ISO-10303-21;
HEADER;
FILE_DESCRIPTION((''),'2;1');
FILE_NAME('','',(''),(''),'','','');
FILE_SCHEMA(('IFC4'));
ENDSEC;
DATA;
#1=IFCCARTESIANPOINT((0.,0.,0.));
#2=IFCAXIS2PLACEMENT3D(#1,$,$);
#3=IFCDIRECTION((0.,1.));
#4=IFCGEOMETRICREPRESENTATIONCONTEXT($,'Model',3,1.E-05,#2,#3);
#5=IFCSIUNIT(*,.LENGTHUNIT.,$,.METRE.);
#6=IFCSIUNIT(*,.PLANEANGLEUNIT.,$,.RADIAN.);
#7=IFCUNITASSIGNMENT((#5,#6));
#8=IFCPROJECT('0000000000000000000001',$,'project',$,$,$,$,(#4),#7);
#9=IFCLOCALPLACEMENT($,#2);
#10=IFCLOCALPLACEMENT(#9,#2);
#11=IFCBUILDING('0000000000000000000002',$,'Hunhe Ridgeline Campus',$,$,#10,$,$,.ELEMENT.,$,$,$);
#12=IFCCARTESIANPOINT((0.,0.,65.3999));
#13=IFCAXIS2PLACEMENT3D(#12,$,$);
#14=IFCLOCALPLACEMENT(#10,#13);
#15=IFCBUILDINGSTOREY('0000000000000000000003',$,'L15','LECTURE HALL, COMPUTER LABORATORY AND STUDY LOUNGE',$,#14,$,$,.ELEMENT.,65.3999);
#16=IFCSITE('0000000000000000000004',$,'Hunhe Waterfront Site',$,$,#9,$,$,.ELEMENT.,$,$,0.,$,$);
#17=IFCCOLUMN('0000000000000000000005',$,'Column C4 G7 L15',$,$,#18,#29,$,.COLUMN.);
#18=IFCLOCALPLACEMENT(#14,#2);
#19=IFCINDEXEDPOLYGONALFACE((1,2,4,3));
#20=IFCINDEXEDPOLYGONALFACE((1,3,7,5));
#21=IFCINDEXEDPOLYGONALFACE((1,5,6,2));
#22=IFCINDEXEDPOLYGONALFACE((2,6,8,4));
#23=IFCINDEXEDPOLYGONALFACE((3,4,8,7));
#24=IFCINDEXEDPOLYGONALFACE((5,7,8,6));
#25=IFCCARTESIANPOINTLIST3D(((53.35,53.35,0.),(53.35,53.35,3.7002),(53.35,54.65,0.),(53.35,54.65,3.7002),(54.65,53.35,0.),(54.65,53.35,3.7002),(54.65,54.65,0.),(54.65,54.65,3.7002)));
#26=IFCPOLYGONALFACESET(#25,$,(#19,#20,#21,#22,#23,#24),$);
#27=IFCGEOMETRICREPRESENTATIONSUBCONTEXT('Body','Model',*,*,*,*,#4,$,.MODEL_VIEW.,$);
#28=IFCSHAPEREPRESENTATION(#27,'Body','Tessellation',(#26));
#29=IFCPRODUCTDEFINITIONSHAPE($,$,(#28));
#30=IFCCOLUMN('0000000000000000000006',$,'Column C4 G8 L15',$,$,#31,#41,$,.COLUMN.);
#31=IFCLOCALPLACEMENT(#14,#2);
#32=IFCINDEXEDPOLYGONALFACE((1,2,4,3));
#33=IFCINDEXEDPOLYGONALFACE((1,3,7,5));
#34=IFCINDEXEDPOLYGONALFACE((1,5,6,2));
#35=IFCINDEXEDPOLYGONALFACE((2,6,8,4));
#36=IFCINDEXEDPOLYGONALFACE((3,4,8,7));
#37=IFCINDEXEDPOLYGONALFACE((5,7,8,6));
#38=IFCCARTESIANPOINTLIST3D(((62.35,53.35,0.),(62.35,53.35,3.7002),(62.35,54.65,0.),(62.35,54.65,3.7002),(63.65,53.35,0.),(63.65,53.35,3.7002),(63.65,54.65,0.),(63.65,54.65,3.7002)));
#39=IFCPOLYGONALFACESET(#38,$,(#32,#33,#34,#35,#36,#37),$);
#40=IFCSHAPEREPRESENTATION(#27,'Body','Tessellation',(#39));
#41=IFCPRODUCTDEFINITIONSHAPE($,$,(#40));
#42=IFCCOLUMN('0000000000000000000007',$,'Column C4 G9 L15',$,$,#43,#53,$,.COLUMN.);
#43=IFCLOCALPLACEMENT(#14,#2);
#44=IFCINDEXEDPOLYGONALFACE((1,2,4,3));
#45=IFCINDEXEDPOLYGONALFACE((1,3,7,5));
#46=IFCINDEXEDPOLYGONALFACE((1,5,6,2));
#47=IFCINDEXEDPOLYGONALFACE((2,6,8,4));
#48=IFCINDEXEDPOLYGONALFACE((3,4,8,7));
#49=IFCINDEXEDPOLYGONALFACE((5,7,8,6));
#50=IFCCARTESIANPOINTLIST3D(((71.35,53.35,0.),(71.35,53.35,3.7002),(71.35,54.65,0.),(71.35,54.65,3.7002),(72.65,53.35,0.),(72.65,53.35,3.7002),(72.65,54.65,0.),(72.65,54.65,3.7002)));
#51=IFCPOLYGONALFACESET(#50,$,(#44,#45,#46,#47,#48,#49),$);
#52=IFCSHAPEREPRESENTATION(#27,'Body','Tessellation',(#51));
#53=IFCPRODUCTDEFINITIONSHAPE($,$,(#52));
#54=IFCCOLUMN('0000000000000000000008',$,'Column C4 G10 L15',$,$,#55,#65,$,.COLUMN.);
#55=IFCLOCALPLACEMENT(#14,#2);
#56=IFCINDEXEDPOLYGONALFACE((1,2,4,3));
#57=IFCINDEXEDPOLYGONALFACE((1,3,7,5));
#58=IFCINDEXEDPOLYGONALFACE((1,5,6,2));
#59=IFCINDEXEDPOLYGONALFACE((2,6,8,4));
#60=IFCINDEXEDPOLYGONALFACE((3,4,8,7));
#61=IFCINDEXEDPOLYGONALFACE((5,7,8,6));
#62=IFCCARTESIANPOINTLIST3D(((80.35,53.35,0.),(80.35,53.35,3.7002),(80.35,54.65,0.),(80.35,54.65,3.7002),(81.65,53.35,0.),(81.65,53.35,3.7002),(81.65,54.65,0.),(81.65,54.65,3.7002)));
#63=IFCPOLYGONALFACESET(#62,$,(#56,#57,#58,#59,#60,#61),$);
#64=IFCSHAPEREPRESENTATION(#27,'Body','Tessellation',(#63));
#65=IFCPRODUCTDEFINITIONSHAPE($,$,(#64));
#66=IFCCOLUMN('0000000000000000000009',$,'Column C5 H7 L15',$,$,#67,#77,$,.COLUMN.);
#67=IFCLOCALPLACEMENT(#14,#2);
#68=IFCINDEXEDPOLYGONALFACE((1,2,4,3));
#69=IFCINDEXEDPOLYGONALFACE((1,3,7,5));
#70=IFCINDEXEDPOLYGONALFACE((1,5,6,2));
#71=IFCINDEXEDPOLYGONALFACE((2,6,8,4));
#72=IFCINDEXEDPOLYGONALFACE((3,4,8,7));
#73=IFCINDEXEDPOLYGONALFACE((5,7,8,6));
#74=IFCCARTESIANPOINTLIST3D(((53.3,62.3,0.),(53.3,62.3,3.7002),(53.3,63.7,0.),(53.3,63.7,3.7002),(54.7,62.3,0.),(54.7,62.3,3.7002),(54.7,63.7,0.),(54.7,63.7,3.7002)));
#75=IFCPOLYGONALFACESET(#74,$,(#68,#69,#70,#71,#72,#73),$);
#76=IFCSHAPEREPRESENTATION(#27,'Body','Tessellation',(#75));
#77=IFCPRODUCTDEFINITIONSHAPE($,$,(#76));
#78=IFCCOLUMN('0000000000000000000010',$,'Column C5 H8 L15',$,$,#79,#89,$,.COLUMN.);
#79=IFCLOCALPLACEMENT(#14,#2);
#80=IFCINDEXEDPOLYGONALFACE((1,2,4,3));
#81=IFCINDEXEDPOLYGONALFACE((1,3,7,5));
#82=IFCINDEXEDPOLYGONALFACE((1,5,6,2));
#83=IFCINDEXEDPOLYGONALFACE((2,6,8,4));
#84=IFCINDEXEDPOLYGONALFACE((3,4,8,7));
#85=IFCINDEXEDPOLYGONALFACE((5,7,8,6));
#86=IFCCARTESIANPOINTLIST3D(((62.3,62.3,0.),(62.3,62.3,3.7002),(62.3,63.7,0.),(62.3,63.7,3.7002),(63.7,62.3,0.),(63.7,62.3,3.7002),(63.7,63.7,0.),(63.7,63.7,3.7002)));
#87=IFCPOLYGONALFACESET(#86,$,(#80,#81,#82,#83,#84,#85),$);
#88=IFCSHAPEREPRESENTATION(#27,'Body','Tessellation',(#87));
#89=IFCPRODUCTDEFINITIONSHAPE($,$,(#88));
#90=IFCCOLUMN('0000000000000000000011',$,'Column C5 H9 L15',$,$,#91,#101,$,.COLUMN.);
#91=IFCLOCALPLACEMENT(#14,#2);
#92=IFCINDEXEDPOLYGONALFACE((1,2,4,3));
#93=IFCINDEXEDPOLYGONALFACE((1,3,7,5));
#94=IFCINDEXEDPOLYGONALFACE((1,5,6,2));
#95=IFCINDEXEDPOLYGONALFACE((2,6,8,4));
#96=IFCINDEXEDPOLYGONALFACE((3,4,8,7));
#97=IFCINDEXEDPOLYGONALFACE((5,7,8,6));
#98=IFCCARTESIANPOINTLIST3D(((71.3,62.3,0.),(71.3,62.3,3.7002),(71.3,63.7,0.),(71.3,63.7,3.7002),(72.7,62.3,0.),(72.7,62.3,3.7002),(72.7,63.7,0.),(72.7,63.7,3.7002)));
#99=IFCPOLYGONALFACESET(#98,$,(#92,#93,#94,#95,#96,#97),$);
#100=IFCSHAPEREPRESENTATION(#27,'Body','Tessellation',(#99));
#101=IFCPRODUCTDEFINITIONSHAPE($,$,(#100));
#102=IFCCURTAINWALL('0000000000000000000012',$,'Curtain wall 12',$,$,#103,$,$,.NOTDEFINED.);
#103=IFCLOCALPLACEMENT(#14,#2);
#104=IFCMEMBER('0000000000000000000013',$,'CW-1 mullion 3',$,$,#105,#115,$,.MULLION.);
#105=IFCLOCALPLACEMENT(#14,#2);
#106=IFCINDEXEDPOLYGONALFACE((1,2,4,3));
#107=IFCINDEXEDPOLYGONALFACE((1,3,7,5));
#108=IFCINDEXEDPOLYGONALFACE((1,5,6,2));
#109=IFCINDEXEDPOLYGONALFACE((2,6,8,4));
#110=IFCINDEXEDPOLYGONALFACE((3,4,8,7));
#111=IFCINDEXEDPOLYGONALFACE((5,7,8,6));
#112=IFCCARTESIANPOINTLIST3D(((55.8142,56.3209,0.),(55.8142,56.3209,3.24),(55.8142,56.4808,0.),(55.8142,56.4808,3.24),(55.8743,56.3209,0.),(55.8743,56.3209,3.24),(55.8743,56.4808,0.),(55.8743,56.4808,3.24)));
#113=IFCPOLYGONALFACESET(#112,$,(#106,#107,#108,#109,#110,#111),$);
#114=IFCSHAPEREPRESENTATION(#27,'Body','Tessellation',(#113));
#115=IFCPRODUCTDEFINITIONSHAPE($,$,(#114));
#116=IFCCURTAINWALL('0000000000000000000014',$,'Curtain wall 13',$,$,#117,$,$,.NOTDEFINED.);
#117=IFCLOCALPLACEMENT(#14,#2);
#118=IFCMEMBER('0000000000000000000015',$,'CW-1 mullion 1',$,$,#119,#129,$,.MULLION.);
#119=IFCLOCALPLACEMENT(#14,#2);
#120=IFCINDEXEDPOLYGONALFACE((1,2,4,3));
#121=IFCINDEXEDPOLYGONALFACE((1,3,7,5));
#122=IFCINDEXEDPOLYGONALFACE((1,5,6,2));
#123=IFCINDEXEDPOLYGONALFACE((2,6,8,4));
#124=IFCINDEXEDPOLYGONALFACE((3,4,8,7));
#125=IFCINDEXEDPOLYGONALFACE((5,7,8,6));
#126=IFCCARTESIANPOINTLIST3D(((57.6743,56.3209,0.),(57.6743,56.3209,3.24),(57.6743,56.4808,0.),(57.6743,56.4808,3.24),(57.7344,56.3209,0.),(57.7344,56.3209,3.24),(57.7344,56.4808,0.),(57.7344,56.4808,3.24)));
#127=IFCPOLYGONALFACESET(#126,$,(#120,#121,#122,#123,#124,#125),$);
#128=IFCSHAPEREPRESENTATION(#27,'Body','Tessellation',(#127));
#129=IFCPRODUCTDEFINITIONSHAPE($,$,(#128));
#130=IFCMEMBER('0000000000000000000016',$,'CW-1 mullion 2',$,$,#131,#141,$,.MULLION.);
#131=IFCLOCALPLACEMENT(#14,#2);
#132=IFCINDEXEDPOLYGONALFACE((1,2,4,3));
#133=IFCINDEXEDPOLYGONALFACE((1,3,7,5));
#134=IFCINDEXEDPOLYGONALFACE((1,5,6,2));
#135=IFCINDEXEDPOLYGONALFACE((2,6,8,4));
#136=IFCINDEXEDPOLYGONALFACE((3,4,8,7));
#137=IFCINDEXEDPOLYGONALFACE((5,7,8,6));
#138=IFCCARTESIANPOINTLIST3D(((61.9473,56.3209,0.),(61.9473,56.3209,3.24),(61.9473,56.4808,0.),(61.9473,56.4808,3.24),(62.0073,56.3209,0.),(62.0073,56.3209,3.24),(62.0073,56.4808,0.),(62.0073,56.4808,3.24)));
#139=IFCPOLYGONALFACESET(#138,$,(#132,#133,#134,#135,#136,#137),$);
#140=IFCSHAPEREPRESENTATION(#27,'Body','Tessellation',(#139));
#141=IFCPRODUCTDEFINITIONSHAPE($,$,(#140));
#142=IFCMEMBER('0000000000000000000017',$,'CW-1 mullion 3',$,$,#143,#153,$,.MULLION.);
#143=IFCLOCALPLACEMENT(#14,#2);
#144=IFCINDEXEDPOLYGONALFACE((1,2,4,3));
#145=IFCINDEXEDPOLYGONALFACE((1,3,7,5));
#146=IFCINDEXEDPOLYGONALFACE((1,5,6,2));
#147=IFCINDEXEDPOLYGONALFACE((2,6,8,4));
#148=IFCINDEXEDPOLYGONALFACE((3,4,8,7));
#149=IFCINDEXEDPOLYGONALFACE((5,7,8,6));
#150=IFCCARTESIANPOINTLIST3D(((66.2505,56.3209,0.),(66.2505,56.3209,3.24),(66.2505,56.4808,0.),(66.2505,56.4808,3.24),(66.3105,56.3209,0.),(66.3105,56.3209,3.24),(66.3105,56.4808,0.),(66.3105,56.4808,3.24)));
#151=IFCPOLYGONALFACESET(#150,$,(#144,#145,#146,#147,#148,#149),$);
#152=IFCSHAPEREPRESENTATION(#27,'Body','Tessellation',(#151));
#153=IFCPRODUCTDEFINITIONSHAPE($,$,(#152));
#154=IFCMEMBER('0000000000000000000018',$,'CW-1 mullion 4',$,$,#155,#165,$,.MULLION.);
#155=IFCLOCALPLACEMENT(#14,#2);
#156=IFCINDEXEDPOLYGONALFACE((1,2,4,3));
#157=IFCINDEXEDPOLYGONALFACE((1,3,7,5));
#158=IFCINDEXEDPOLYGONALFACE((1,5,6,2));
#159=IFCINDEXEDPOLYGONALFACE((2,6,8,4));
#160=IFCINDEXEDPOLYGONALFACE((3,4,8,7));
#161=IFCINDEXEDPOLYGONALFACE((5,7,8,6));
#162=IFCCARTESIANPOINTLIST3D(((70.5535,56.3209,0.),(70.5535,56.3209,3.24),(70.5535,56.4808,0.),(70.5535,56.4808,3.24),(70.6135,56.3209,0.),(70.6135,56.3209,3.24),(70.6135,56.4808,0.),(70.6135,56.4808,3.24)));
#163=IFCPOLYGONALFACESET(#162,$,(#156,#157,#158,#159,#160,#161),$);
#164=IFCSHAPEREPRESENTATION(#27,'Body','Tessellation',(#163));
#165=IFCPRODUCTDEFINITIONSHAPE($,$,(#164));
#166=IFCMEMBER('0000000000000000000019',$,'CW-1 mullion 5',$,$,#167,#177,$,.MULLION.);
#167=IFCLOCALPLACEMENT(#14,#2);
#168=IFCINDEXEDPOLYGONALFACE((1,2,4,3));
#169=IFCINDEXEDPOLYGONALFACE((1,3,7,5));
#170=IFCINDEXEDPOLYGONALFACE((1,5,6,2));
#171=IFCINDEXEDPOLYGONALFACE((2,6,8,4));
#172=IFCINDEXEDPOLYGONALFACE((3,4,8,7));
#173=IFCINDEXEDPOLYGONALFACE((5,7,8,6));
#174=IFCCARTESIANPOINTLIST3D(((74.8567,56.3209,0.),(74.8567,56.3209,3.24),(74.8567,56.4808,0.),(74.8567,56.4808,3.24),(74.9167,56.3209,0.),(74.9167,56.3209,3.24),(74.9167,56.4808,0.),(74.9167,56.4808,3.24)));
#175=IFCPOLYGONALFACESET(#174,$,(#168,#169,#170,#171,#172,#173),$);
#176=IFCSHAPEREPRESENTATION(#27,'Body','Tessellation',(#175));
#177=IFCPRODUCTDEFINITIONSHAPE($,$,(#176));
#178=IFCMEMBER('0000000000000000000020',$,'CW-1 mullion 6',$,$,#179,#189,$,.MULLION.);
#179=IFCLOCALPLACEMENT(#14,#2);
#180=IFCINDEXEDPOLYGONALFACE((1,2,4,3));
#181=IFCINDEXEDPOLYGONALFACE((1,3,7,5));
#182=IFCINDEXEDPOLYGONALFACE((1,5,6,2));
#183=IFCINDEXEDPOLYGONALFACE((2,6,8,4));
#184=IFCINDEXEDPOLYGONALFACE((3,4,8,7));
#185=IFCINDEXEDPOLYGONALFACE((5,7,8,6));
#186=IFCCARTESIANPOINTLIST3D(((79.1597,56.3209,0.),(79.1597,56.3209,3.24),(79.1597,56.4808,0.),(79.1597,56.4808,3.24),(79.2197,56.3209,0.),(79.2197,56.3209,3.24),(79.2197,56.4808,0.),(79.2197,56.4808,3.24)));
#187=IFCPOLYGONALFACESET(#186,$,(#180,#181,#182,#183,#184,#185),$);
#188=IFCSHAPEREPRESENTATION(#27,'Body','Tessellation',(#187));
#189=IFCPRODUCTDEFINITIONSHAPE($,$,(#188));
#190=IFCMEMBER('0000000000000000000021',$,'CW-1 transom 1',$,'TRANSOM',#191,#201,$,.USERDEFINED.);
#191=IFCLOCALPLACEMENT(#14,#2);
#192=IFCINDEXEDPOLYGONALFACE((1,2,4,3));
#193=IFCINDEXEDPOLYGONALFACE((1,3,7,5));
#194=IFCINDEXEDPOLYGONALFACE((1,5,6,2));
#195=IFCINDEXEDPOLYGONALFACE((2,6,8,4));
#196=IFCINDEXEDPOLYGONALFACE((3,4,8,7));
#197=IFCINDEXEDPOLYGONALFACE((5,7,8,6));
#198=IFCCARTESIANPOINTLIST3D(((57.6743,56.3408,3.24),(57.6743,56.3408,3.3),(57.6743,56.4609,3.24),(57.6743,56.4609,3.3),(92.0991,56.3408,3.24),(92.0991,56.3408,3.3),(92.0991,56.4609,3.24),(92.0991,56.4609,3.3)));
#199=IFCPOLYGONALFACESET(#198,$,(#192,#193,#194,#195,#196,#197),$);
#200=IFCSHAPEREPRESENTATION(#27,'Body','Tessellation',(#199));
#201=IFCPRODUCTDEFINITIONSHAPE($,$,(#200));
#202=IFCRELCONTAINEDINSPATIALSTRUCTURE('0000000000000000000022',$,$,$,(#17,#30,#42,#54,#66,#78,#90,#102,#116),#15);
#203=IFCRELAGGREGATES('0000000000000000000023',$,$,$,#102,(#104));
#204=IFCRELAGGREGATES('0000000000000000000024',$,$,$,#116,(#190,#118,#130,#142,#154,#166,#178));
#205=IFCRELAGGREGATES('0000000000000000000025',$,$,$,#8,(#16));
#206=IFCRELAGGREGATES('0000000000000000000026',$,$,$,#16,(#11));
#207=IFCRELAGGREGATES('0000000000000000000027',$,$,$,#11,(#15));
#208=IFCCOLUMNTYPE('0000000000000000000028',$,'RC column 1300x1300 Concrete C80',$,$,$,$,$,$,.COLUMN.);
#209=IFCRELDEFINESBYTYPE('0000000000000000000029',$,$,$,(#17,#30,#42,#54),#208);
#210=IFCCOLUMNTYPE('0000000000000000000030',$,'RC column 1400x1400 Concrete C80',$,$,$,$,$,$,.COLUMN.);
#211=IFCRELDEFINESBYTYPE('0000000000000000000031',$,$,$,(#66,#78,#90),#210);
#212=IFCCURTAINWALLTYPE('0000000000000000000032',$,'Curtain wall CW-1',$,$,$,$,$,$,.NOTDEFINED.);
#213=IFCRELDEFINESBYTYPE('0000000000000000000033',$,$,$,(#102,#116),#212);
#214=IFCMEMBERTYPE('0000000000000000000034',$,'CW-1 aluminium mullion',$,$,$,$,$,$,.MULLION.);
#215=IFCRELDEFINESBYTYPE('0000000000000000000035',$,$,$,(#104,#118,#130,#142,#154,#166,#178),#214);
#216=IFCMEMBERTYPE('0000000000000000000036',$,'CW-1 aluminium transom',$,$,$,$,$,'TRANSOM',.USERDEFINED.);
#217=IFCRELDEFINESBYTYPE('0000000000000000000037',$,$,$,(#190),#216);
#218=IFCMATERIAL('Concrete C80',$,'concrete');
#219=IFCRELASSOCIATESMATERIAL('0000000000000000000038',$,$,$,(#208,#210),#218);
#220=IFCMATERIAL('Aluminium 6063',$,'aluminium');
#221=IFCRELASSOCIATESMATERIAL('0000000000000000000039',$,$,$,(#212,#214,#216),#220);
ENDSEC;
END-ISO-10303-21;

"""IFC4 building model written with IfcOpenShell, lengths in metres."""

from ifc_helpers import new_model, si_unit, direction, frame, origin, origin_2d, place, context, subcontext, project, spatial, rectangle, extrude, material, material_profile, profile_set, type_object, element, aggregate, save


model = new_model("IFC4")

# Units and contexts
model_context = context("Model", 3, precision=1e-05, world=origin(), true_north=direction((0.0, 1.0)))
body_context = subcontext(model_context, "Body", "Model", "MODEL_VIEW")
ifc_project = project(units=[si_unit("LENGTHUNIT", "METRE"), si_unit("PLANEANGLEUNIT", "RADIAN")], contexts=[model_context])

# Site, building, storey
site_placement = place(None, origin())
site = spatial("IfcSite", under=ifc_project, at=site_placement, Name="Hunhe Waterfront Site", CompositionType="ELEMENT", RefElevation=0.0)
building_placement = place(site_placement, origin())
building = spatial("IfcBuilding", under=site, at=building_placement, Name="Hunhe Ridgeline Campus", CompositionType="ELEMENT")
storey_placement = place(building_placement, frame((0.0, 0.0, 65.3999)))
storey = spatial("IfcBuildingStorey", under=building, at=storey_placement, Name="L15", Description="LECTURE HALL, COMPUTER LABORATORY AND STUDY LOUNGE", CompositionType="ELEMENT", Elevation=65.3999)

# Columns
ifc_material_1 = material(Name="Concrete C80", Category="concrete")
ifc_material_profile_1 = material_profile(ifc_material_1, rectangle(XDim=1.3, YDim=1.3, at=origin_2d()))
ifc_profile_set_1 = profile_set([ifc_material_profile_1], Name="Concrete C80")
column_type_1 = type_object("IfcColumnType", Name="RC column 1300x1300 Concrete C80", PredefinedType="COLUMN", material=ifc_profile_set_1)
for number, where, z_axis, x_axis, name in (
    (1, (54.0, 54.0, 0.0), (0.0, 0.0, 1.0), (1.0, 0.0, 0.0), "Column C4 G7 L15"),
    (2, (63.0, 54.0, 0.0), (0.0, 0.0, 1.0), (1.0, 0.0, 0.0), "Column C4 G8 L15"),
    (3, (72.0, 54.0, 0.0), (0.0, 0.0, 1.0), (1.0, 0.0, 0.0), "Column C4 G9 L15"),
    (4, (81.0, 54.0, 0.0), (0.0, 0.0, 1.0), (1.0, 0.0, 0.0), "Column C4 G10 L15"),
):
    element("IfcColumn", number, at=place(storey_placement, frame(where, z_axis=z_axis, x_axis=x_axis)), inside=storey, type_object=column_type_1, Name=name, PredefinedType="COLUMN", context=body_context, shape_type="SweptSolid", body=[
        extrude(rectangle(XDim=1.3, YDim=1.3, at=origin_2d()), origin(), (0.0, 0.0, 1.0), 3.7002),
    ])
ifc_material_profile_2 = material_profile(ifc_material_1, rectangle(XDim=1.3999, YDim=1.3999, at=origin_2d()))
ifc_profile_set_2 = profile_set([ifc_material_profile_2], Name="Concrete C80")
column_type_2 = type_object("IfcColumnType", Name="RC column 1400x1400 Concrete C80", PredefinedType="COLUMN", material=ifc_profile_set_2)
for number, where, z_axis, x_axis, name in (
    (5, (54.0, 63.0, 0.0), (0.0, 0.0, 1.0), (1.0, 0.0, 0.0), "Column C5 H7 L15"),
    (6, (63.0, 63.0, 0.0), (0.0, 0.0, 1.0), (1.0, 0.0, 0.0), "Column C5 H8 L15"),
    (7, (72.0, 63.0, 0.0), (0.0, 0.0, 1.0), (1.0, 0.0, 0.0), "Column C5 H9 L15"),
):
    element("IfcColumn", number, at=place(storey_placement, frame(where, z_axis=z_axis, x_axis=x_axis)), inside=storey, type_object=column_type_2, Name=name, PredefinedType="COLUMN", context=body_context, shape_type="SweptSolid", body=[
        extrude(rectangle(XDim=1.3999, YDim=1.3999, at=origin_2d()), origin(), (0.0, 0.0, 1.0), 3.7002),
    ])

# Curtain wall, member
ifc_material_2 = material(Name="Aluminium 6063", Category="aluminium")
curtain_wall_type = type_object("IfcCurtainWallType", Name="Curtain wall CW-1", PredefinedType="NOTDEFINED", material=ifc_material_2)
curtain_wall_1_placement = place(storey_placement, origin())
curtain_wall_1 = element("IfcCurtainWall", 8, at=curtain_wall_1_placement, inside=storey, type_object=curtain_wall_type, Name="Curtain wall 12", PredefinedType="NOTDEFINED")
ifc_material_profile_3 = material_profile(ifc_material_2, rectangle(XDim=0.1599, YDim=0.0601, at=origin_2d()))
ifc_profile_set_3 = profile_set([ifc_material_profile_3], Name="Aluminium 6063")
member_type_1 = type_object("IfcMemberType", Name="CW-1 aluminium mullion", PredefinedType="MULLION", material=ifc_profile_set_3)
member_1_placement = place(storey_placement, frame((55.8442, 56.4009, 0.0), z_axis=(0.0, 0.0, 1.0), x_axis=(-0.000004, 1.0, 0.0)))
member_1 = element("IfcMember", 9, at=member_1_placement, type_object=member_type_1, Name="CW-1 mullion 3", PredefinedType="MULLION", context=body_context, shape_type="SweptSolid", body=[
    extrude(rectangle(XDim=0.1599, YDim=0.0601, at=origin_2d()), origin(), (0.0, 0.0, 1.0), 3.24),
])
aggregate(curtain_wall_1, [member_1])

# Curtain wall, members
curtain_wall_2_placement = place(storey_placement, origin())
curtain_wall_2 = element("IfcCurtainWall", 10, at=curtain_wall_2_placement, inside=storey, type_object=curtain_wall_type, Name="Curtain wall 13", PredefinedType="NOTDEFINED")
member_2_placement = place(storey_placement, frame((57.7043, 56.4009, 0.0), z_axis=(0.0, 0.0, 1.0), x_axis=(-0.000004, 1.0, 0.0)))
member_2 = element("IfcMember", 11, at=member_2_placement, type_object=member_type_1, Name="CW-1 mullion 1", PredefinedType="MULLION", context=body_context, shape_type="SweptSolid", body=[
    extrude(rectangle(XDim=0.1599, YDim=0.0601, at=origin_2d()), origin(), (0.0, 0.0, 1.0), 3.24),
])
member_3_placement = place(storey_placement, frame((61.9773, 56.4009, 0.0), z_axis=(0.0, 0.0, 1.0), x_axis=(-0.000004, 1.0, 0.0)))
member_3 = element("IfcMember", 12, at=member_3_placement, type_object=member_type_1, Name="CW-1 mullion 2", PredefinedType="MULLION", context=body_context, shape_type="SweptSolid", body=[
    extrude(rectangle(XDim=0.1599, YDim=0.0601, at=origin_2d()), origin(), (0.0, 0.0, 1.0), 3.24),
])
member_4_placement = place(storey_placement, frame((66.2805, 56.4009, 0.0), z_axis=(0.0, 0.0, 1.0), x_axis=(-0.000004, 1.0, 0.0)))
member_4 = element("IfcMember", 13, at=member_4_placement, type_object=member_type_1, Name="CW-1 mullion 3", PredefinedType="MULLION", context=body_context, shape_type="SweptSolid", body=[
    extrude(rectangle(XDim=0.1599, YDim=0.0601, at=origin_2d()), origin(), (0.0, 0.0, 1.0), 3.24),
])
member_5_placement = place(storey_placement, frame((70.5835, 56.4009, 0.0), z_axis=(0.0, 0.0, 1.0), x_axis=(-0.000004, 1.0, 0.0)))
member_5 = element("IfcMember", 14, at=member_5_placement, type_object=member_type_1, Name="CW-1 mullion 4", PredefinedType="MULLION", context=body_context, shape_type="SweptSolid", body=[
    extrude(rectangle(XDim=0.1599, YDim=0.0601, at=origin_2d()), origin(), (0.0, 0.0, 1.0), 3.24),
])
member_6_placement = place(storey_placement, frame((74.8867, 56.4009, 0.0), z_axis=(0.0, 0.0, 1.0), x_axis=(-0.000004, 1.0, 0.0)))
member_6 = element("IfcMember", 15, at=member_6_placement, type_object=member_type_1, Name="CW-1 mullion 5", PredefinedType="MULLION", context=body_context, shape_type="SweptSolid", body=[
    extrude(rectangle(XDim=0.1599, YDim=0.0601, at=origin_2d()), origin(), (0.0, 0.0, 1.0), 3.24),
])
member_7_placement = place(storey_placement, frame((79.1897, 56.4009, 0.0), z_axis=(0.0, 0.0, 1.0), x_axis=(-0.000004, 1.0, 0.0)))
member_7 = element("IfcMember", 16, at=member_7_placement, type_object=member_type_1, Name="CW-1 mullion 6", PredefinedType="MULLION", context=body_context, shape_type="SweptSolid", body=[
    extrude(rectangle(XDim=0.1599, YDim=0.0601, at=origin_2d()), origin(), (0.0, 0.0, 1.0), 3.24),
])
ifc_material_profile_4 = material_profile(ifc_material_2, rectangle(XDim=0.1201, YDim=0.0601, at=origin_2d()))
ifc_profile_set_4 = profile_set([ifc_material_profile_4], Name="Aluminium 6063")
member_type_2 = type_object("IfcMemberType", Name="CW-1 aluminium transom", ElementType="TRANSOM", PredefinedType="USERDEFINED", material=ifc_profile_set_4)
member_8_placement = place(storey_placement, frame((57.6743, 56.4009, 3.27), z_axis=(1.0, 0.0, 0.0), x_axis=(0.0, 1.0, 0.0)))
member_8 = element("IfcMember", 17, at=member_8_placement, type_object=member_type_2, Name="CW-1 transom 1", ObjectType="TRANSOM", PredefinedType="USERDEFINED", context=body_context, shape_type="SweptSolid", body=[
    extrude(rectangle(XDim=0.1201, YDim=0.0601, at=origin_2d()), origin(), (0.0, 0.0, 1.0), 34.4248),
])

aggregate(curtain_wall_2, [member_8, member_2, member_3, member_4, member_5, member_6, member_7])

save(model, "model.ifc")
